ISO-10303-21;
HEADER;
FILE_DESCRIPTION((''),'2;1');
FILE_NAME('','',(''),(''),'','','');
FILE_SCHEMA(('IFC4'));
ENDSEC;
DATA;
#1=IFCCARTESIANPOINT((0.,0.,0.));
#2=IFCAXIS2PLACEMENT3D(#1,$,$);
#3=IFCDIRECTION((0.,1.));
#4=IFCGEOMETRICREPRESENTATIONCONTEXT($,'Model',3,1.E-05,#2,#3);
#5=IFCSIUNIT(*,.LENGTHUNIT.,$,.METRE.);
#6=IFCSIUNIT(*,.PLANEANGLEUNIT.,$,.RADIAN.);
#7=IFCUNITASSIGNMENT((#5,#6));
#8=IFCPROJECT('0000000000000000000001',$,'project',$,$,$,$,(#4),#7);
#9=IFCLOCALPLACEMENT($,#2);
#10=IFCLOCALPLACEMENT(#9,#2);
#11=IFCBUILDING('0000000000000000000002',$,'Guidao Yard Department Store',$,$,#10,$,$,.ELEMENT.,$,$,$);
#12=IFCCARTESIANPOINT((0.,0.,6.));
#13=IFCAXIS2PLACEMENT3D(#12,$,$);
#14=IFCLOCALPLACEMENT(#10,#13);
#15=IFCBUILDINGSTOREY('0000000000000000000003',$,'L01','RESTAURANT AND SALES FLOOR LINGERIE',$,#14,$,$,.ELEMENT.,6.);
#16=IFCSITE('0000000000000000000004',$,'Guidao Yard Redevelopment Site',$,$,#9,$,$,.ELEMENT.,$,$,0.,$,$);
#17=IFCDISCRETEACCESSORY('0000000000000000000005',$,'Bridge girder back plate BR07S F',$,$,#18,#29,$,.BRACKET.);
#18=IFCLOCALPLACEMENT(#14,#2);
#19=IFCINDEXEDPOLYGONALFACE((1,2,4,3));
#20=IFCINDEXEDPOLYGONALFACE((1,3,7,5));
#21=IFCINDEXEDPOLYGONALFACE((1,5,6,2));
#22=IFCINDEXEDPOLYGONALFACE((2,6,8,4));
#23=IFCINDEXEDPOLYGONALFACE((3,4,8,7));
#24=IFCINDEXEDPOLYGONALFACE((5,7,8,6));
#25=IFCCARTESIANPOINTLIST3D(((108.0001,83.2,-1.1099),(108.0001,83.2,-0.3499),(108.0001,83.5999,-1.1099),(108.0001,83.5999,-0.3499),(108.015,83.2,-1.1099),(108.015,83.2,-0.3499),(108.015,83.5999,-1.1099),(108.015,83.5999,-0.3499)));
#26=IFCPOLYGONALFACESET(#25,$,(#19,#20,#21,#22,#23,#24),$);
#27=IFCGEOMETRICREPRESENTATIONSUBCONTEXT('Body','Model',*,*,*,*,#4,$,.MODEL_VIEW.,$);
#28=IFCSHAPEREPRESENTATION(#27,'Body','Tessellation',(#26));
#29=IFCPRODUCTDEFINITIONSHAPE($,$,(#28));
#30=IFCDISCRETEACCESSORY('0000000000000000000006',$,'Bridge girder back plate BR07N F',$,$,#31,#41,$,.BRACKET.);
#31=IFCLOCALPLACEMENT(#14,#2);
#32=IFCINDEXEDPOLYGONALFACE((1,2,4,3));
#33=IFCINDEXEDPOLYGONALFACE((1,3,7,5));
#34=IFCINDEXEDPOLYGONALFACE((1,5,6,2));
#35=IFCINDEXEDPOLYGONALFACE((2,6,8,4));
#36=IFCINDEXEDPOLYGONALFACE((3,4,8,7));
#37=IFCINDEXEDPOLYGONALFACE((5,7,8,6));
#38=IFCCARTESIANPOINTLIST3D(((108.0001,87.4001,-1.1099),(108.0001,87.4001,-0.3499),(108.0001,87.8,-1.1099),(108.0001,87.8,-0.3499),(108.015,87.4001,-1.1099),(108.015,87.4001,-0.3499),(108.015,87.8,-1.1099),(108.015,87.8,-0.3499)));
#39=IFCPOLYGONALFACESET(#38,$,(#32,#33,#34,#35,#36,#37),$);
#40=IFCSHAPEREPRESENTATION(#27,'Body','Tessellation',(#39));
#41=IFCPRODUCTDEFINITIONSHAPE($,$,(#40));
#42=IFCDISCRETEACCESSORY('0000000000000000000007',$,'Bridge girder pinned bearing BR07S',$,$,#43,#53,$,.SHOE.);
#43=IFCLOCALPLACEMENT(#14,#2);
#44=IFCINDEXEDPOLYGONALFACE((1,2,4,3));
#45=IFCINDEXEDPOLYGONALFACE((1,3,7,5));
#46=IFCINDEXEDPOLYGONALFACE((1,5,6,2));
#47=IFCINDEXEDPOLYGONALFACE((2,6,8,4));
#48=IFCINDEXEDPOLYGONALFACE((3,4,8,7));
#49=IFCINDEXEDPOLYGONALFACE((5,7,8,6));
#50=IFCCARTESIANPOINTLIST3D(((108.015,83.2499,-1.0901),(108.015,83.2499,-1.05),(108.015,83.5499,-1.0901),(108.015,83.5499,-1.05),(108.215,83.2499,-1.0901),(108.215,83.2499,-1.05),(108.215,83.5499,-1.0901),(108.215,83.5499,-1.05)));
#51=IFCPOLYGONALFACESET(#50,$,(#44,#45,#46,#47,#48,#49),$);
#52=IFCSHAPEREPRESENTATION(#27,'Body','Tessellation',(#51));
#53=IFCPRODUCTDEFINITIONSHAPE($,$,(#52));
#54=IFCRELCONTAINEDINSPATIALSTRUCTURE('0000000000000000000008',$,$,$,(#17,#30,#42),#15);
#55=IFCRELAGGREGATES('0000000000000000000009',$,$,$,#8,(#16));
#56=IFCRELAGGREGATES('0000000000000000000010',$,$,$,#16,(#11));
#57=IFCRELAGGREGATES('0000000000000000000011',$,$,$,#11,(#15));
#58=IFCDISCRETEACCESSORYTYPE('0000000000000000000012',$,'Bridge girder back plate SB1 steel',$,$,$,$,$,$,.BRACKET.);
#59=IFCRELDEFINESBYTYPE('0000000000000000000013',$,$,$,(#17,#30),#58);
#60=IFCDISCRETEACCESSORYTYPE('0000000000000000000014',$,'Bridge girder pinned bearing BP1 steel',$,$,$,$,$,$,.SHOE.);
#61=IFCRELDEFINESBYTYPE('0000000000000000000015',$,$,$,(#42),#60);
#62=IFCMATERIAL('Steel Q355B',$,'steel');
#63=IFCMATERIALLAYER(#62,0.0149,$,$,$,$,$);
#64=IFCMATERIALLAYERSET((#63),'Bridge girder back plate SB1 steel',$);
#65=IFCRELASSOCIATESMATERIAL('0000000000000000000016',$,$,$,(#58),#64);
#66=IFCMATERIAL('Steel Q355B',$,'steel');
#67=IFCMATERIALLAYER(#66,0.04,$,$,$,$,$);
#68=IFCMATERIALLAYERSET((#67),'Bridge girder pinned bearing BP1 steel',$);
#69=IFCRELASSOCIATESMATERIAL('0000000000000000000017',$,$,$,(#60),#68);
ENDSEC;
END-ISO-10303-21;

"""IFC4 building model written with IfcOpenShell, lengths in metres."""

from ifc_helpers import new_model, si_unit, direction, frame, origin, origin_2d, place, context, subcontext, project, spatial, rectangle, extrude, material, layer, layer_set, type_object, element, save


model = new_model("IFC4")

# Units and contexts
model_context = context("Model", 3, precision=1e-05, world=origin(), true_north=direction((0.0, 1.0)))
body_context = subcontext(model_context, "Body", "Model", "MODEL_VIEW")
ifc_project = project(units=[si_unit("LENGTHUNIT", "METRE"), si_unit("PLANEANGLEUNIT", "RADIAN")], contexts=[model_context])

# Site, building, storey
site_placement = place(None, origin())
site = spatial("IfcSite", under=ifc_project, at=site_placement, Name="Guidao Yard Redevelopment Site", CompositionType="ELEMENT", RefElevation=0.0)
building_placement = place(site_placement, origin())
building = spatial("IfcBuilding", under=site, at=building_placement, Name="Guidao Yard Department Store", CompositionType="ELEMENT")
storey_placement = place(building_placement, frame((0.0, 0.0, 6.0)))
storey = spatial("IfcBuildingStorey", under=building, at=storey_placement, Name="L01", Description="RESTAURANT AND SALES FLOOR LINGERIE", CompositionType="ELEMENT", Elevation=6.0)

# Discrete accessories
ifc_material_1 = material(Name="Steel Q355B", Category="steel")
ifc_layer_1 = layer(ifc_material_1, 0.0149)
ifc_layer_set_1 = layer_set([ifc_layer_1], Name="Bridge girder back plate SB1 steel")
discrete_accessory_type_1 = type_object("IfcDiscreteAccessoryType", Name="Bridge girder back plate SB1 steel", PredefinedType="BRACKET", material=ifc_layer_set_1)
for number, where, z_axis, x_axis, name in (
    (1, (108.0076, 83.3999, -1.1099), (0.0, 0.0, 1.0), (1.0, 0.0, 0.0), "Bridge girder back plate BR07S F"),
    (2, (108.0076, 87.6001, -1.1099), (0.0, 0.0, 1.0), (1.0, 0.0, 0.0), "Bridge girder back plate BR07N F"),
):
    element("IfcDiscreteAccessory", number, at=place(storey_placement, frame(where, z_axis=z_axis, x_axis=x_axis)), inside=storey, type_object=discrete_accessory_type_1, Name=name, PredefinedType="BRACKET", context=body_context, shape_type="SweptSolid", body=[
        extrude(rectangle(XDim=0.0149, YDim=0.3999, at=origin_2d()), origin(), (0.0, 0.0, 1.0), 0.76),
    ])
ifc_material_2 = material(Name="Steel Q355B", Category="steel")
ifc_layer_2 = layer(ifc_material_2, 0.04)
ifc_layer_set_2 = layer_set([ifc_layer_2], Name="Bridge girder pinned bearing BP1 steel")
discrete_accessory_type_2 = type_object("IfcDiscreteAccessoryType", Name="Bridge girder pinned bearing BP1 steel", PredefinedType="SHOE", material=ifc_layer_set_2)
discrete_accessory_placement = place(storey_placement, frame((108.115, 83.3999, -1.0901), z_axis=(0.0, 0.0, 1.0), x_axis=(1.0, 0.0, 0.0)))
element("IfcDiscreteAccessory", 3, at=discrete_accessory_placement, inside=storey, type_object=discrete_accessory_type_2, Name="Bridge girder pinned bearing BR07S", PredefinedType="SHOE", context=body_context, shape_type="SweptSolid", body=[
    extrude(rectangle(XDim=0.2, YDim=0.3, at=origin_2d()), origin(), (0.0, 0.0, 1.0), 0.04),
])

save(model, "model.ifc")
